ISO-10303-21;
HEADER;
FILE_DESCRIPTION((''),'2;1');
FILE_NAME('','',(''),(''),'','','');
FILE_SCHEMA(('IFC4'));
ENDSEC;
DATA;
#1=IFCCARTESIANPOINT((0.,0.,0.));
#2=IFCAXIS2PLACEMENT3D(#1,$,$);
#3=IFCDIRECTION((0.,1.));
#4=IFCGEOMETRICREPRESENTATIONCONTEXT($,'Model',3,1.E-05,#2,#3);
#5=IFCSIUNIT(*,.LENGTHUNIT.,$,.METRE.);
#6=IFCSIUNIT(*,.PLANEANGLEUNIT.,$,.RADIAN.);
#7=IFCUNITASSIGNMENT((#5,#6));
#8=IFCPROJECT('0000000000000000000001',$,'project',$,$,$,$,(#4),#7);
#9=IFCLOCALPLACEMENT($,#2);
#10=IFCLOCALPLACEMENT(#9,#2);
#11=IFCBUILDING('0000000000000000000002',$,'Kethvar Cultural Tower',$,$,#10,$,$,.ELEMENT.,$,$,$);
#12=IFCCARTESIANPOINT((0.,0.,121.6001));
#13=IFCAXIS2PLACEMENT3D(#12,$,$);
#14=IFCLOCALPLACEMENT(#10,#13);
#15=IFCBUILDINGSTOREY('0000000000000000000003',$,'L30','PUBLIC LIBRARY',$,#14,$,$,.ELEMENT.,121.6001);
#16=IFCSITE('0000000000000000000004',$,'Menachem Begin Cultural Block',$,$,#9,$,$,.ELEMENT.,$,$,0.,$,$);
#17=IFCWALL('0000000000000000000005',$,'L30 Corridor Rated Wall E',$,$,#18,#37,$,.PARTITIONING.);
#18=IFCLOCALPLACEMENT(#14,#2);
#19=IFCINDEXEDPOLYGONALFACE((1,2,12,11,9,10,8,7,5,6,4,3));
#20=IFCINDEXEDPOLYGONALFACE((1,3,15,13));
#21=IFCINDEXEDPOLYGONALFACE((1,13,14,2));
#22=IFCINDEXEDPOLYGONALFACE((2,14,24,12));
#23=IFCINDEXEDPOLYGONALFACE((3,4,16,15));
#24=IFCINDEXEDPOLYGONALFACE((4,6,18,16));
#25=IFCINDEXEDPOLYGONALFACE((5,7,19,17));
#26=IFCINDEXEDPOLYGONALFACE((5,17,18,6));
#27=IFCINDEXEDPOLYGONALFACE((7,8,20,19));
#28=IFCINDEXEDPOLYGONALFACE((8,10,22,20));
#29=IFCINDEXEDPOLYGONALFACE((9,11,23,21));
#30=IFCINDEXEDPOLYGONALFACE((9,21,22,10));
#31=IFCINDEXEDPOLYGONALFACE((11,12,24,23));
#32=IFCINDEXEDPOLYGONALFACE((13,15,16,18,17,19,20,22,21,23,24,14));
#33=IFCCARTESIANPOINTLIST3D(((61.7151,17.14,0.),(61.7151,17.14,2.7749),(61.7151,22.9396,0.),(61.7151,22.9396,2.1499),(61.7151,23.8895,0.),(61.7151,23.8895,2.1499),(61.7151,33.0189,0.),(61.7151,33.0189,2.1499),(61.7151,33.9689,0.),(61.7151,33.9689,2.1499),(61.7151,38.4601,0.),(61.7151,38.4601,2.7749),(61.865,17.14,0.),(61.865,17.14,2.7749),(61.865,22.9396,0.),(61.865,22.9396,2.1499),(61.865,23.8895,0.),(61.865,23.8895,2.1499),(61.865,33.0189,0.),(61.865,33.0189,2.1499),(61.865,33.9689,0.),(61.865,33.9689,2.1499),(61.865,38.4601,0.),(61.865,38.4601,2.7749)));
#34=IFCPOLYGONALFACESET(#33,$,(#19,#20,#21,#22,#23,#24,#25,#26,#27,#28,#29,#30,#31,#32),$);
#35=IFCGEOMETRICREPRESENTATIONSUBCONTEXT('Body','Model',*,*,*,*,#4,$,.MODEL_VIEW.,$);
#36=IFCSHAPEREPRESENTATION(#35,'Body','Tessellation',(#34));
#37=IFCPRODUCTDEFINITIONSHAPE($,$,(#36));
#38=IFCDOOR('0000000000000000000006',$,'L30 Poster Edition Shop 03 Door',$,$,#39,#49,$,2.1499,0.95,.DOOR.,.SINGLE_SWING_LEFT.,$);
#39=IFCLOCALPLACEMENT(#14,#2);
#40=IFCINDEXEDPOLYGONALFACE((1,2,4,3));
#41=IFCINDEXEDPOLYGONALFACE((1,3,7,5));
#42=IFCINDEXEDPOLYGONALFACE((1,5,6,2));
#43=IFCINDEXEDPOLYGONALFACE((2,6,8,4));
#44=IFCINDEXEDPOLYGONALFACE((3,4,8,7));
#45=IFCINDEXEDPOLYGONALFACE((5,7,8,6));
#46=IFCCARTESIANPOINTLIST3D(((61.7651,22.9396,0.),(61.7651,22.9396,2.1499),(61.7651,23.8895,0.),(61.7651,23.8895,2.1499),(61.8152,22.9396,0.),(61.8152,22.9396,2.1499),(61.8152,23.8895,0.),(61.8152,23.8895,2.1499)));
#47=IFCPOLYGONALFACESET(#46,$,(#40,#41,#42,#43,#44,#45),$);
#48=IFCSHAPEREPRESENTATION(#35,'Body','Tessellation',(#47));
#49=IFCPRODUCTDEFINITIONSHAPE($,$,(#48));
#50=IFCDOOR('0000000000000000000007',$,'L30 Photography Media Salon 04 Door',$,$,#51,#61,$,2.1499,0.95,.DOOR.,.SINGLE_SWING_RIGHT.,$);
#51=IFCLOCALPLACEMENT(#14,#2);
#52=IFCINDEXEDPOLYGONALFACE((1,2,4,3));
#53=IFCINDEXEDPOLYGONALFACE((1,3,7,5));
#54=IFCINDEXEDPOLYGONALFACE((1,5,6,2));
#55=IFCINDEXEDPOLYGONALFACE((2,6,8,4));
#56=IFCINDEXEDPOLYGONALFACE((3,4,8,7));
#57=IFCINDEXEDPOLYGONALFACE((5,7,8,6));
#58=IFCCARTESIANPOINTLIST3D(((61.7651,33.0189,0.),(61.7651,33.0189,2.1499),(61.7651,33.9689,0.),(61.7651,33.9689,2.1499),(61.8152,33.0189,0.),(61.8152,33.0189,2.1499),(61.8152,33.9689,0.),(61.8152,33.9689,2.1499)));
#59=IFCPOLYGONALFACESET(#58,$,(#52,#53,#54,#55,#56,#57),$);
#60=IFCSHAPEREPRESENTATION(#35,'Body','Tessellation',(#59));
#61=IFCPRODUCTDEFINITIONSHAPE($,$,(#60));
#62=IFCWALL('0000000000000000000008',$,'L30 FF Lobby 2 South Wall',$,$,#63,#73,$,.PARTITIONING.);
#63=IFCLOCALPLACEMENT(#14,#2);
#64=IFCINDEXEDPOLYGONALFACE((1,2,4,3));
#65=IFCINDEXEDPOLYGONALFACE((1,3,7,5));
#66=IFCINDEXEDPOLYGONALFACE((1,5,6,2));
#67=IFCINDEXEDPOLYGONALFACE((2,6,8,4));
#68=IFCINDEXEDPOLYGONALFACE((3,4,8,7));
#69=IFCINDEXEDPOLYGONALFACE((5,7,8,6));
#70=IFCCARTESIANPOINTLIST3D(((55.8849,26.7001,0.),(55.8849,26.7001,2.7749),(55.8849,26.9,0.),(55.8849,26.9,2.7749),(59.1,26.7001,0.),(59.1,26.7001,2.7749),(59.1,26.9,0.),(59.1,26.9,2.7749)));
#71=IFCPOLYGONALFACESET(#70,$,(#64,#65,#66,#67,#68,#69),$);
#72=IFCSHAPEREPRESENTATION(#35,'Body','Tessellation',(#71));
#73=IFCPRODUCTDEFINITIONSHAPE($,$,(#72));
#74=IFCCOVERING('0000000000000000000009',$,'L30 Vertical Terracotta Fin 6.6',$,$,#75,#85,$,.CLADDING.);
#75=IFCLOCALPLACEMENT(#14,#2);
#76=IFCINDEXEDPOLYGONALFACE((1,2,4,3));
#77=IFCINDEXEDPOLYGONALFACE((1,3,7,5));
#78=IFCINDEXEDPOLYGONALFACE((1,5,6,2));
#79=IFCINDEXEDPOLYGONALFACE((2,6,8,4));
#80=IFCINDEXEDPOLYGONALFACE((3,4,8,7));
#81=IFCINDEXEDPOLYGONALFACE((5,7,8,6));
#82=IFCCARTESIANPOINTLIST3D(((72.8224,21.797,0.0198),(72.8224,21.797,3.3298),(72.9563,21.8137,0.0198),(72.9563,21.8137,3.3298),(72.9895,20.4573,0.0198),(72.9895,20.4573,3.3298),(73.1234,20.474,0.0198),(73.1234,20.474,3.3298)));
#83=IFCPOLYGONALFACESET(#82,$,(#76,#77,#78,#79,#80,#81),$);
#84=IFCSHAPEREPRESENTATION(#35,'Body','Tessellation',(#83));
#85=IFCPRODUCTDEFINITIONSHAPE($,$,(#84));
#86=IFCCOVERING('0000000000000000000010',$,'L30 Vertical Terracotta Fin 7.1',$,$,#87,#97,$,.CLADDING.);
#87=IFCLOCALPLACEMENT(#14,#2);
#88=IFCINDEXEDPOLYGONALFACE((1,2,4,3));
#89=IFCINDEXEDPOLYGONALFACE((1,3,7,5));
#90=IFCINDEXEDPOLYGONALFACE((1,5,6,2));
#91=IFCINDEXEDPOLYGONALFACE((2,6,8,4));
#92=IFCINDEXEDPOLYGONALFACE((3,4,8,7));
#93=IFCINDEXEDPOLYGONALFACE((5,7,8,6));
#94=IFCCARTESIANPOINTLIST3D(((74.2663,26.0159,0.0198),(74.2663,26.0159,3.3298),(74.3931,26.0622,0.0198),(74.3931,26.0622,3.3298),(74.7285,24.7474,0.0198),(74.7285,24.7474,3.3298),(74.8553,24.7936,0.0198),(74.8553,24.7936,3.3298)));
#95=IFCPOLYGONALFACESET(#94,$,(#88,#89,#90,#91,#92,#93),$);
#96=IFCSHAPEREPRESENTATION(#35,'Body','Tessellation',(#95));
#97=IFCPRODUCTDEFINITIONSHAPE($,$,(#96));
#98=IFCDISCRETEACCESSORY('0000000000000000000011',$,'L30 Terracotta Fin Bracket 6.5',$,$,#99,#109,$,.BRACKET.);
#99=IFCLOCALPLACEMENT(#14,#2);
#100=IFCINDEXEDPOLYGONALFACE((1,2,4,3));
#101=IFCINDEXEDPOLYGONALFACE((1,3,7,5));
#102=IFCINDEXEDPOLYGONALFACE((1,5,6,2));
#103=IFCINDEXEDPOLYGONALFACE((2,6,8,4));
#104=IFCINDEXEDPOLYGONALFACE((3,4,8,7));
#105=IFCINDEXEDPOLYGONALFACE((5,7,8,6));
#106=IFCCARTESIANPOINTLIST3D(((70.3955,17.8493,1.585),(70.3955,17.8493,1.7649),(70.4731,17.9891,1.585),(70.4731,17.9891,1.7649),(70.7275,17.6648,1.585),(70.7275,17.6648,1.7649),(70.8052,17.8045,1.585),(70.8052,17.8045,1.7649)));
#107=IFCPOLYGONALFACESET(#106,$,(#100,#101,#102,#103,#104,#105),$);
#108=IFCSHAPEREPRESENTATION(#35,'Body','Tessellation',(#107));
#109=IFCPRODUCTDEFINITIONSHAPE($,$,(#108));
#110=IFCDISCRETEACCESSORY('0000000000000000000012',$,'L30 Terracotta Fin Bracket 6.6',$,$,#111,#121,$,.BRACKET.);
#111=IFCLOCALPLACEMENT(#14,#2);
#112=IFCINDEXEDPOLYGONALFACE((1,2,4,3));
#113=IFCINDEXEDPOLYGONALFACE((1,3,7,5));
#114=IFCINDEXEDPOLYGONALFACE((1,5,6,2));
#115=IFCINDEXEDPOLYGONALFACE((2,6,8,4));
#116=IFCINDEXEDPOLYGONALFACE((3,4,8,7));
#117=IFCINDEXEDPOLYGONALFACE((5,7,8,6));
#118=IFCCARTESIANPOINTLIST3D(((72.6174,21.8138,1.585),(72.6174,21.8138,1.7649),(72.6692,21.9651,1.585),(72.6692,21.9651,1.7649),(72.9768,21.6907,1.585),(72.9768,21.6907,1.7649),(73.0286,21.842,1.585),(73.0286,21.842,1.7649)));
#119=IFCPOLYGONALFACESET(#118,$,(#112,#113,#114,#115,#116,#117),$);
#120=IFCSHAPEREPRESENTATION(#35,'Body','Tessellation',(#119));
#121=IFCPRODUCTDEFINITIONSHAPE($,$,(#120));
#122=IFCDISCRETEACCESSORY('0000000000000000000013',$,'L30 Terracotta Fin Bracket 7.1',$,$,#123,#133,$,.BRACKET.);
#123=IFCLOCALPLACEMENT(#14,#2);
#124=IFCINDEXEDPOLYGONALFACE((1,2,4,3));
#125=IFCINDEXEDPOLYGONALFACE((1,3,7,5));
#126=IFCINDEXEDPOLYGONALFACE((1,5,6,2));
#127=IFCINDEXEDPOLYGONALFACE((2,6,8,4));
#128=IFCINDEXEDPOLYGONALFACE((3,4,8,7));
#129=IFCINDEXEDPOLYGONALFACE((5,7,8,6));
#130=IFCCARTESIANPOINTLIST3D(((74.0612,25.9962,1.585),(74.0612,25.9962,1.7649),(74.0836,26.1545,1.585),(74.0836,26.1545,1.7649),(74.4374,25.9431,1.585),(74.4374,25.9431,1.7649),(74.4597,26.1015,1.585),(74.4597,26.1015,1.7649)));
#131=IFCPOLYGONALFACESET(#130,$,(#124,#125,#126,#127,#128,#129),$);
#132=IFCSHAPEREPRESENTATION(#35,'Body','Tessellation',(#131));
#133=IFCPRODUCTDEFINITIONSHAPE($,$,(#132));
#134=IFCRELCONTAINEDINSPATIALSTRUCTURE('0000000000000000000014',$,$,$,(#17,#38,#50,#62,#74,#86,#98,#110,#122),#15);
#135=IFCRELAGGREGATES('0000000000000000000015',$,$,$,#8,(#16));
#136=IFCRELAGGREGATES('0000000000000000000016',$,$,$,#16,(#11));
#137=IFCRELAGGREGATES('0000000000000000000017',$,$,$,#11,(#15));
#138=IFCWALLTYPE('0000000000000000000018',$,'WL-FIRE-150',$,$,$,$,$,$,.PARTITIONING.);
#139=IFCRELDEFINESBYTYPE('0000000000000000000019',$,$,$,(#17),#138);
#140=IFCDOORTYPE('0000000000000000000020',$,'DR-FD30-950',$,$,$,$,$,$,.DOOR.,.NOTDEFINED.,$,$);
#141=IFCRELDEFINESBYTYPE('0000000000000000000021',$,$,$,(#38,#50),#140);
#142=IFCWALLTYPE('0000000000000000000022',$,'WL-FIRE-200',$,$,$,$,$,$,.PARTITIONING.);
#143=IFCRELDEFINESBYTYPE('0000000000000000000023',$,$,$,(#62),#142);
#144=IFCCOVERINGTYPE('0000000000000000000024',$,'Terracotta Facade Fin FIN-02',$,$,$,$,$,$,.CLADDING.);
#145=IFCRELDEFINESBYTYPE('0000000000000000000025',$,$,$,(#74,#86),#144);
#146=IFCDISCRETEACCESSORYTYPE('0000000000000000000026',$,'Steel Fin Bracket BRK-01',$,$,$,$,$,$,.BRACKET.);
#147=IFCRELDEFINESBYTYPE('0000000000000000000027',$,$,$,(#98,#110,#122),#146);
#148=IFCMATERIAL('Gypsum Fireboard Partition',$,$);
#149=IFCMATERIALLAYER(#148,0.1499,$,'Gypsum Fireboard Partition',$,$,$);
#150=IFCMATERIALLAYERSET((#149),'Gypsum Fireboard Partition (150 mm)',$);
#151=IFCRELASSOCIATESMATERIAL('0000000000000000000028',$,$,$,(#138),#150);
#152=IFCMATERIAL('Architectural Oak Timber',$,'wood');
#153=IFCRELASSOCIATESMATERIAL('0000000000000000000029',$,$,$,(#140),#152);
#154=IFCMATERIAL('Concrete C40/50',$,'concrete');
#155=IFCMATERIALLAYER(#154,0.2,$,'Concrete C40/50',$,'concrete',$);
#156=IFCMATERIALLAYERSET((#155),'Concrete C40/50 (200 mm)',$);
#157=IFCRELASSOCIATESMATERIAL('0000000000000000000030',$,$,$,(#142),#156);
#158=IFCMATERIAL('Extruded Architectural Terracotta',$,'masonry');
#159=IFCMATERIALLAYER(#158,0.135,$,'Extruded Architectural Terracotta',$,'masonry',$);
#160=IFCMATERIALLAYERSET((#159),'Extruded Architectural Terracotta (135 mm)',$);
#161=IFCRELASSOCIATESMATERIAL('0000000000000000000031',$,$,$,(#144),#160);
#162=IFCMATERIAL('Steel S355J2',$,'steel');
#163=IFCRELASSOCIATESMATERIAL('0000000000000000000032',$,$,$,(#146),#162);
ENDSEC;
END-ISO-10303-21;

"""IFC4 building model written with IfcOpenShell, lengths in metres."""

from ifc_helpers import new_model, si_unit, direction, frame, frame_2d, origin, origin_2d, place, context, subcontext, project, spatial, rectangle, extrude, source, transform, mapped, material, layer, layer_set, type_object, element, fill, save


model = new_model("IFC4")

# Units and contexts
model_context = context("Model", 3, precision=1e-05, world=origin(), true_north=direction((0.0, 1.0)))
body_context = subcontext(model_context, "Body", "Model", "MODEL_VIEW")
ifc_project = project(units=[si_unit("LENGTHUNIT", "METRE"), si_unit("PLANEANGLEUNIT", "RADIAN")], contexts=[model_context])

# Site, building, storey
site_placement = place(None, origin())
site = spatial("IfcSite", under=ifc_project, at=site_placement, Name="Menachem Begin Cultural Block", CompositionType="ELEMENT", RefElevation=0.0)
building_placement = place(site_placement, origin())
building = spatial("IfcBuilding", under=site, at=building_placement, Name="Kethvar Cultural Tower", CompositionType="ELEMENT")
storey_placement = place(building_placement, frame((0.0, 0.0, 121.6001)))
storey = spatial("IfcBuildingStorey", under=building, at=storey_placement, Name="L30", Description="PUBLIC LIBRARY", CompositionType="ELEMENT", Elevation=121.6001)

# Shared definitions
ifc_material_1 = material(Name="Steel S355J2", Category="steel")

# Wall, openings, doors
ifc_material_2 = material(Name="Gypsum Fireboard Partition")
ifc_layer_1 = layer(ifc_material_2, 0.1499, Name="Gypsum Fireboard Partition")
ifc_layer_set_1 = layer_set([ifc_layer_1], Name="Gypsum Fireboard Partition (150 mm)")
wall_type_1 = type_object("IfcWallType", Name="WL-FIRE-150", PredefinedType="PARTITIONING", material=ifc_layer_set_1)
wall_1_placement = place(storey_placement, frame((61.79, 17.1399, 0.0), z_axis=(0.0, 0.0, 1.0), x_axis=(0.0, 1.0, 0.0)))
wall_1 = element("IfcWall", 1, at=wall_1_placement, inside=storey, type_object=wall_type_1, Name="L30 Corridor Rated Wall E", PredefinedType="PARTITIONING", context=body_context, shape_type="SweptSolid", body=[
    extrude(rectangle(XDim=21.3201, YDim=0.1499, at=frame_2d((10.6602, 0.0))), origin(), (0.0, 0.0, 1.0), 2.7749),
])
opening_1_placement = place(wall_1_placement, frame((5.7996, 0.0, 0.0)))
opening_1 = element("IfcOpeningElement", 2, at=opening_1_placement, cuts=wall_1, PredefinedType="OPENING", context=body_context, shape_type="SweptSolid", body=[
    extrude(rectangle(XDim=0.95, YDim=2.1499, at=frame_2d((0.4751, 1.075))), frame((0.0, 0.085, 0.0), z_axis=(0.0, -1.0, 0.0), x_axis=(1.0, 0.0, 0.0)), (0.0, 0.0, 1.0), 0.1699),
])
opening_2_placement = place(wall_1_placement, frame((15.8789, 0.0, 0.0)))
opening_2 = element("IfcOpeningElement", 3, at=opening_2_placement, cuts=wall_1, PredefinedType="OPENING", context=body_context, shape_type="SweptSolid", body=[
    extrude(rectangle(XDim=0.95, YDim=2.1499, at=frame_2d((0.4751, 1.075))), frame((0.0, 0.085, 0.0), z_axis=(0.0, -1.0, 0.0), x_axis=(1.0, 0.0, 0.0)), (0.0, 0.0, 1.0), 0.1699),
])
ifc_material_3 = material(Name="Architectural Oak Timber", Category="wood")
door_type_1 = type_object("IfcDoorType", Name="DR-FD30-950", OperationType="NOTDEFINED", PredefinedType="DOOR", material=ifc_material_3)
shared_shape_1 = source(origin(), body_context, "Body", "SweptSolid", [
    extrude(rectangle(XDim=0.95, YDim=2.1499, at=frame_2d((0.4751, 1.075))), frame((0.0, 0.0249, 0.0), z_axis=(0.0, -1.0, 0.0), x_axis=(1.0, 0.0, 0.0)), (0.0, 0.0, 1.0), 0.05),
])
door_1_placement = place(opening_1_placement, origin())
door_1 = element("IfcDoor", 4, at=door_1_placement, inside=storey, type_object=door_type_1, Name="L30 Poster Edition Shop 03 Door", OperationType="SINGLE_SWING_LEFT", OverallHeight=2.1499, OverallWidth=0.95, PredefinedType="DOOR", context=body_context, shape_type="MappedRepresentation", body=[
    mapped(shared_shape_1, transform((0.0, 0.0, 0.0), scale=1.0)),
])
fill(opening_1, door_1)
door_2_placement = place(opening_2_placement, origin())
door_2 = element("IfcDoor", 5, at=door_2_placement, inside=storey, type_object=door_type_1, Name="L30 Photography Media Salon 04 Door", OperationType="SINGLE_SWING_RIGHT", OverallHeight=2.1499, OverallWidth=0.95, PredefinedType="DOOR", context=body_context, shape_type="MappedRepresentation", body=[
    mapped(shared_shape_1, transform((0.0, 0.0, 0.0), scale=1.0)),
])
fill(opening_2, door_2)

# Shared definitions
ifc_material_4 = material(Name="Concrete C40/50", Category="concrete")
ifc_layer_2 = layer(ifc_material_4, 0.2, Name="Concrete C40/50", Category="concrete")
ifc_layer_set_2 = layer_set([ifc_layer_2], Name="Concrete C40/50 (200 mm)")
wall_type_2 = type_object("IfcWallType", Name="WL-FIRE-200", PredefinedType="PARTITIONING", material=ifc_layer_set_2)

# Wall
wall_2_placement = place(storey_placement, frame((55.885, 26.8, 0.0), z_axis=(0.0, 0.0, 1.0), x_axis=(1.0, 0.0, 0.0)))
element("IfcWall", 6, at=wall_2_placement, inside=storey, type_object=wall_type_2, Name="L30 FF Lobby 2 South Wall", PredefinedType="PARTITIONING", context=body_context, shape_type="SweptSolid", body=[
    extrude(rectangle(XDim=3.2151, YDim=0.2, at=frame_2d((1.6074, 0.0))), origin(), (0.0, 0.0, 1.0), 2.7749),
])

# Coverings
ifc_material_5 = material(Name="Extruded Architectural Terracotta", Category="masonry")
ifc_layer_3 = layer(ifc_material_5, 0.135, Name="Extruded Architectural Terracotta", Category="masonry")
ifc_layer_set_3 = layer_set([ifc_layer_3], Name="Extruded Architectural Terracotta (135 mm)")
covering_type = type_object("IfcCoveringType", Name="Terracotta Facade Fin FIN-02", PredefinedType="CLADDING", material=ifc_layer_set_3)
shared_shape_2 = source(origin(), body_context, "Body", "SweptSolid", [
    extrude(rectangle(XDim=1.3501, YDim=0.135, at=origin_2d()), origin(), (0.0, 0.0, 1.0), 3.3101),
])
for number, where, z_axis, x_axis, name in (
    (7, (72.9729, 21.1355, 0.0198), (0.0, 0.0, 1.0), (0.123775, -0.99231, 0.0), "L30 Vertical Terracotta Fin 6.6"),
    (8, (74.5608, 25.4048, 0.0198), (0.0, 0.0, 1.0), (0.342348, -0.939573, 0.0), "L30 Vertical Terracotta Fin 7.1"),
):
    element("IfcCovering", number, at=place(storey_placement, frame(where, z_axis=z_axis, x_axis=x_axis)), inside=storey, type_object=covering_type, Name=name, PredefinedType="CLADDING", context=body_context, shape_type="MappedRepresentation", body=[
        mapped(shared_shape_2, transform((0.0, 0.0, 0.0), scale=1.0)),
    ])

# Discrete accessories
discrete_accessory_type = type_object("IfcDiscreteAccessoryType", Name="Steel Fin Bracket BRK-01", PredefinedType="BRACKET", material=ifc_material_1)
shared_shape_3 = source(origin(), body_context, "Body", "SweptSolid", [
    extrude(rectangle(XDim=0.3799, YDim=0.1599, at=origin_2d()), origin(), (0.0, 0.0, 1.0), 0.1799),
])
for number, where, z_axis, x_axis, name in (
    (9, (70.6003, 17.8269, 1.585), (0.0, 0.0, 1.0), (0.874112, -0.485725, 0.0), "L30 Terracotta Fin Bracket 6.5"),
    (10, (72.823, 21.8279, 1.585), (0.0, 0.0, 1.0), (0.946085, -0.323917, 0.0), "L30 Terracotta Fin Bracket 6.6"),
    (11, (74.2605, 26.0488, 1.585), (0.0, 0.0, 1.0), (0.990195, -0.139692, 0.0), "L30 Terracotta Fin Bracket 7.1"),
):
    element("IfcDiscreteAccessory", number, at=place(storey_placement, frame(where, z_axis=z_axis, x_axis=x_axis)), inside=storey, type_object=discrete_accessory_type, Name=name, PredefinedType="BRACKET", context=body_context, shape_type="MappedRepresentation", body=[
        mapped(shared_shape_3, transform((0.0, 0.0, 0.0), scale=1.0)),
    ])

save(model, "model.ifc")
